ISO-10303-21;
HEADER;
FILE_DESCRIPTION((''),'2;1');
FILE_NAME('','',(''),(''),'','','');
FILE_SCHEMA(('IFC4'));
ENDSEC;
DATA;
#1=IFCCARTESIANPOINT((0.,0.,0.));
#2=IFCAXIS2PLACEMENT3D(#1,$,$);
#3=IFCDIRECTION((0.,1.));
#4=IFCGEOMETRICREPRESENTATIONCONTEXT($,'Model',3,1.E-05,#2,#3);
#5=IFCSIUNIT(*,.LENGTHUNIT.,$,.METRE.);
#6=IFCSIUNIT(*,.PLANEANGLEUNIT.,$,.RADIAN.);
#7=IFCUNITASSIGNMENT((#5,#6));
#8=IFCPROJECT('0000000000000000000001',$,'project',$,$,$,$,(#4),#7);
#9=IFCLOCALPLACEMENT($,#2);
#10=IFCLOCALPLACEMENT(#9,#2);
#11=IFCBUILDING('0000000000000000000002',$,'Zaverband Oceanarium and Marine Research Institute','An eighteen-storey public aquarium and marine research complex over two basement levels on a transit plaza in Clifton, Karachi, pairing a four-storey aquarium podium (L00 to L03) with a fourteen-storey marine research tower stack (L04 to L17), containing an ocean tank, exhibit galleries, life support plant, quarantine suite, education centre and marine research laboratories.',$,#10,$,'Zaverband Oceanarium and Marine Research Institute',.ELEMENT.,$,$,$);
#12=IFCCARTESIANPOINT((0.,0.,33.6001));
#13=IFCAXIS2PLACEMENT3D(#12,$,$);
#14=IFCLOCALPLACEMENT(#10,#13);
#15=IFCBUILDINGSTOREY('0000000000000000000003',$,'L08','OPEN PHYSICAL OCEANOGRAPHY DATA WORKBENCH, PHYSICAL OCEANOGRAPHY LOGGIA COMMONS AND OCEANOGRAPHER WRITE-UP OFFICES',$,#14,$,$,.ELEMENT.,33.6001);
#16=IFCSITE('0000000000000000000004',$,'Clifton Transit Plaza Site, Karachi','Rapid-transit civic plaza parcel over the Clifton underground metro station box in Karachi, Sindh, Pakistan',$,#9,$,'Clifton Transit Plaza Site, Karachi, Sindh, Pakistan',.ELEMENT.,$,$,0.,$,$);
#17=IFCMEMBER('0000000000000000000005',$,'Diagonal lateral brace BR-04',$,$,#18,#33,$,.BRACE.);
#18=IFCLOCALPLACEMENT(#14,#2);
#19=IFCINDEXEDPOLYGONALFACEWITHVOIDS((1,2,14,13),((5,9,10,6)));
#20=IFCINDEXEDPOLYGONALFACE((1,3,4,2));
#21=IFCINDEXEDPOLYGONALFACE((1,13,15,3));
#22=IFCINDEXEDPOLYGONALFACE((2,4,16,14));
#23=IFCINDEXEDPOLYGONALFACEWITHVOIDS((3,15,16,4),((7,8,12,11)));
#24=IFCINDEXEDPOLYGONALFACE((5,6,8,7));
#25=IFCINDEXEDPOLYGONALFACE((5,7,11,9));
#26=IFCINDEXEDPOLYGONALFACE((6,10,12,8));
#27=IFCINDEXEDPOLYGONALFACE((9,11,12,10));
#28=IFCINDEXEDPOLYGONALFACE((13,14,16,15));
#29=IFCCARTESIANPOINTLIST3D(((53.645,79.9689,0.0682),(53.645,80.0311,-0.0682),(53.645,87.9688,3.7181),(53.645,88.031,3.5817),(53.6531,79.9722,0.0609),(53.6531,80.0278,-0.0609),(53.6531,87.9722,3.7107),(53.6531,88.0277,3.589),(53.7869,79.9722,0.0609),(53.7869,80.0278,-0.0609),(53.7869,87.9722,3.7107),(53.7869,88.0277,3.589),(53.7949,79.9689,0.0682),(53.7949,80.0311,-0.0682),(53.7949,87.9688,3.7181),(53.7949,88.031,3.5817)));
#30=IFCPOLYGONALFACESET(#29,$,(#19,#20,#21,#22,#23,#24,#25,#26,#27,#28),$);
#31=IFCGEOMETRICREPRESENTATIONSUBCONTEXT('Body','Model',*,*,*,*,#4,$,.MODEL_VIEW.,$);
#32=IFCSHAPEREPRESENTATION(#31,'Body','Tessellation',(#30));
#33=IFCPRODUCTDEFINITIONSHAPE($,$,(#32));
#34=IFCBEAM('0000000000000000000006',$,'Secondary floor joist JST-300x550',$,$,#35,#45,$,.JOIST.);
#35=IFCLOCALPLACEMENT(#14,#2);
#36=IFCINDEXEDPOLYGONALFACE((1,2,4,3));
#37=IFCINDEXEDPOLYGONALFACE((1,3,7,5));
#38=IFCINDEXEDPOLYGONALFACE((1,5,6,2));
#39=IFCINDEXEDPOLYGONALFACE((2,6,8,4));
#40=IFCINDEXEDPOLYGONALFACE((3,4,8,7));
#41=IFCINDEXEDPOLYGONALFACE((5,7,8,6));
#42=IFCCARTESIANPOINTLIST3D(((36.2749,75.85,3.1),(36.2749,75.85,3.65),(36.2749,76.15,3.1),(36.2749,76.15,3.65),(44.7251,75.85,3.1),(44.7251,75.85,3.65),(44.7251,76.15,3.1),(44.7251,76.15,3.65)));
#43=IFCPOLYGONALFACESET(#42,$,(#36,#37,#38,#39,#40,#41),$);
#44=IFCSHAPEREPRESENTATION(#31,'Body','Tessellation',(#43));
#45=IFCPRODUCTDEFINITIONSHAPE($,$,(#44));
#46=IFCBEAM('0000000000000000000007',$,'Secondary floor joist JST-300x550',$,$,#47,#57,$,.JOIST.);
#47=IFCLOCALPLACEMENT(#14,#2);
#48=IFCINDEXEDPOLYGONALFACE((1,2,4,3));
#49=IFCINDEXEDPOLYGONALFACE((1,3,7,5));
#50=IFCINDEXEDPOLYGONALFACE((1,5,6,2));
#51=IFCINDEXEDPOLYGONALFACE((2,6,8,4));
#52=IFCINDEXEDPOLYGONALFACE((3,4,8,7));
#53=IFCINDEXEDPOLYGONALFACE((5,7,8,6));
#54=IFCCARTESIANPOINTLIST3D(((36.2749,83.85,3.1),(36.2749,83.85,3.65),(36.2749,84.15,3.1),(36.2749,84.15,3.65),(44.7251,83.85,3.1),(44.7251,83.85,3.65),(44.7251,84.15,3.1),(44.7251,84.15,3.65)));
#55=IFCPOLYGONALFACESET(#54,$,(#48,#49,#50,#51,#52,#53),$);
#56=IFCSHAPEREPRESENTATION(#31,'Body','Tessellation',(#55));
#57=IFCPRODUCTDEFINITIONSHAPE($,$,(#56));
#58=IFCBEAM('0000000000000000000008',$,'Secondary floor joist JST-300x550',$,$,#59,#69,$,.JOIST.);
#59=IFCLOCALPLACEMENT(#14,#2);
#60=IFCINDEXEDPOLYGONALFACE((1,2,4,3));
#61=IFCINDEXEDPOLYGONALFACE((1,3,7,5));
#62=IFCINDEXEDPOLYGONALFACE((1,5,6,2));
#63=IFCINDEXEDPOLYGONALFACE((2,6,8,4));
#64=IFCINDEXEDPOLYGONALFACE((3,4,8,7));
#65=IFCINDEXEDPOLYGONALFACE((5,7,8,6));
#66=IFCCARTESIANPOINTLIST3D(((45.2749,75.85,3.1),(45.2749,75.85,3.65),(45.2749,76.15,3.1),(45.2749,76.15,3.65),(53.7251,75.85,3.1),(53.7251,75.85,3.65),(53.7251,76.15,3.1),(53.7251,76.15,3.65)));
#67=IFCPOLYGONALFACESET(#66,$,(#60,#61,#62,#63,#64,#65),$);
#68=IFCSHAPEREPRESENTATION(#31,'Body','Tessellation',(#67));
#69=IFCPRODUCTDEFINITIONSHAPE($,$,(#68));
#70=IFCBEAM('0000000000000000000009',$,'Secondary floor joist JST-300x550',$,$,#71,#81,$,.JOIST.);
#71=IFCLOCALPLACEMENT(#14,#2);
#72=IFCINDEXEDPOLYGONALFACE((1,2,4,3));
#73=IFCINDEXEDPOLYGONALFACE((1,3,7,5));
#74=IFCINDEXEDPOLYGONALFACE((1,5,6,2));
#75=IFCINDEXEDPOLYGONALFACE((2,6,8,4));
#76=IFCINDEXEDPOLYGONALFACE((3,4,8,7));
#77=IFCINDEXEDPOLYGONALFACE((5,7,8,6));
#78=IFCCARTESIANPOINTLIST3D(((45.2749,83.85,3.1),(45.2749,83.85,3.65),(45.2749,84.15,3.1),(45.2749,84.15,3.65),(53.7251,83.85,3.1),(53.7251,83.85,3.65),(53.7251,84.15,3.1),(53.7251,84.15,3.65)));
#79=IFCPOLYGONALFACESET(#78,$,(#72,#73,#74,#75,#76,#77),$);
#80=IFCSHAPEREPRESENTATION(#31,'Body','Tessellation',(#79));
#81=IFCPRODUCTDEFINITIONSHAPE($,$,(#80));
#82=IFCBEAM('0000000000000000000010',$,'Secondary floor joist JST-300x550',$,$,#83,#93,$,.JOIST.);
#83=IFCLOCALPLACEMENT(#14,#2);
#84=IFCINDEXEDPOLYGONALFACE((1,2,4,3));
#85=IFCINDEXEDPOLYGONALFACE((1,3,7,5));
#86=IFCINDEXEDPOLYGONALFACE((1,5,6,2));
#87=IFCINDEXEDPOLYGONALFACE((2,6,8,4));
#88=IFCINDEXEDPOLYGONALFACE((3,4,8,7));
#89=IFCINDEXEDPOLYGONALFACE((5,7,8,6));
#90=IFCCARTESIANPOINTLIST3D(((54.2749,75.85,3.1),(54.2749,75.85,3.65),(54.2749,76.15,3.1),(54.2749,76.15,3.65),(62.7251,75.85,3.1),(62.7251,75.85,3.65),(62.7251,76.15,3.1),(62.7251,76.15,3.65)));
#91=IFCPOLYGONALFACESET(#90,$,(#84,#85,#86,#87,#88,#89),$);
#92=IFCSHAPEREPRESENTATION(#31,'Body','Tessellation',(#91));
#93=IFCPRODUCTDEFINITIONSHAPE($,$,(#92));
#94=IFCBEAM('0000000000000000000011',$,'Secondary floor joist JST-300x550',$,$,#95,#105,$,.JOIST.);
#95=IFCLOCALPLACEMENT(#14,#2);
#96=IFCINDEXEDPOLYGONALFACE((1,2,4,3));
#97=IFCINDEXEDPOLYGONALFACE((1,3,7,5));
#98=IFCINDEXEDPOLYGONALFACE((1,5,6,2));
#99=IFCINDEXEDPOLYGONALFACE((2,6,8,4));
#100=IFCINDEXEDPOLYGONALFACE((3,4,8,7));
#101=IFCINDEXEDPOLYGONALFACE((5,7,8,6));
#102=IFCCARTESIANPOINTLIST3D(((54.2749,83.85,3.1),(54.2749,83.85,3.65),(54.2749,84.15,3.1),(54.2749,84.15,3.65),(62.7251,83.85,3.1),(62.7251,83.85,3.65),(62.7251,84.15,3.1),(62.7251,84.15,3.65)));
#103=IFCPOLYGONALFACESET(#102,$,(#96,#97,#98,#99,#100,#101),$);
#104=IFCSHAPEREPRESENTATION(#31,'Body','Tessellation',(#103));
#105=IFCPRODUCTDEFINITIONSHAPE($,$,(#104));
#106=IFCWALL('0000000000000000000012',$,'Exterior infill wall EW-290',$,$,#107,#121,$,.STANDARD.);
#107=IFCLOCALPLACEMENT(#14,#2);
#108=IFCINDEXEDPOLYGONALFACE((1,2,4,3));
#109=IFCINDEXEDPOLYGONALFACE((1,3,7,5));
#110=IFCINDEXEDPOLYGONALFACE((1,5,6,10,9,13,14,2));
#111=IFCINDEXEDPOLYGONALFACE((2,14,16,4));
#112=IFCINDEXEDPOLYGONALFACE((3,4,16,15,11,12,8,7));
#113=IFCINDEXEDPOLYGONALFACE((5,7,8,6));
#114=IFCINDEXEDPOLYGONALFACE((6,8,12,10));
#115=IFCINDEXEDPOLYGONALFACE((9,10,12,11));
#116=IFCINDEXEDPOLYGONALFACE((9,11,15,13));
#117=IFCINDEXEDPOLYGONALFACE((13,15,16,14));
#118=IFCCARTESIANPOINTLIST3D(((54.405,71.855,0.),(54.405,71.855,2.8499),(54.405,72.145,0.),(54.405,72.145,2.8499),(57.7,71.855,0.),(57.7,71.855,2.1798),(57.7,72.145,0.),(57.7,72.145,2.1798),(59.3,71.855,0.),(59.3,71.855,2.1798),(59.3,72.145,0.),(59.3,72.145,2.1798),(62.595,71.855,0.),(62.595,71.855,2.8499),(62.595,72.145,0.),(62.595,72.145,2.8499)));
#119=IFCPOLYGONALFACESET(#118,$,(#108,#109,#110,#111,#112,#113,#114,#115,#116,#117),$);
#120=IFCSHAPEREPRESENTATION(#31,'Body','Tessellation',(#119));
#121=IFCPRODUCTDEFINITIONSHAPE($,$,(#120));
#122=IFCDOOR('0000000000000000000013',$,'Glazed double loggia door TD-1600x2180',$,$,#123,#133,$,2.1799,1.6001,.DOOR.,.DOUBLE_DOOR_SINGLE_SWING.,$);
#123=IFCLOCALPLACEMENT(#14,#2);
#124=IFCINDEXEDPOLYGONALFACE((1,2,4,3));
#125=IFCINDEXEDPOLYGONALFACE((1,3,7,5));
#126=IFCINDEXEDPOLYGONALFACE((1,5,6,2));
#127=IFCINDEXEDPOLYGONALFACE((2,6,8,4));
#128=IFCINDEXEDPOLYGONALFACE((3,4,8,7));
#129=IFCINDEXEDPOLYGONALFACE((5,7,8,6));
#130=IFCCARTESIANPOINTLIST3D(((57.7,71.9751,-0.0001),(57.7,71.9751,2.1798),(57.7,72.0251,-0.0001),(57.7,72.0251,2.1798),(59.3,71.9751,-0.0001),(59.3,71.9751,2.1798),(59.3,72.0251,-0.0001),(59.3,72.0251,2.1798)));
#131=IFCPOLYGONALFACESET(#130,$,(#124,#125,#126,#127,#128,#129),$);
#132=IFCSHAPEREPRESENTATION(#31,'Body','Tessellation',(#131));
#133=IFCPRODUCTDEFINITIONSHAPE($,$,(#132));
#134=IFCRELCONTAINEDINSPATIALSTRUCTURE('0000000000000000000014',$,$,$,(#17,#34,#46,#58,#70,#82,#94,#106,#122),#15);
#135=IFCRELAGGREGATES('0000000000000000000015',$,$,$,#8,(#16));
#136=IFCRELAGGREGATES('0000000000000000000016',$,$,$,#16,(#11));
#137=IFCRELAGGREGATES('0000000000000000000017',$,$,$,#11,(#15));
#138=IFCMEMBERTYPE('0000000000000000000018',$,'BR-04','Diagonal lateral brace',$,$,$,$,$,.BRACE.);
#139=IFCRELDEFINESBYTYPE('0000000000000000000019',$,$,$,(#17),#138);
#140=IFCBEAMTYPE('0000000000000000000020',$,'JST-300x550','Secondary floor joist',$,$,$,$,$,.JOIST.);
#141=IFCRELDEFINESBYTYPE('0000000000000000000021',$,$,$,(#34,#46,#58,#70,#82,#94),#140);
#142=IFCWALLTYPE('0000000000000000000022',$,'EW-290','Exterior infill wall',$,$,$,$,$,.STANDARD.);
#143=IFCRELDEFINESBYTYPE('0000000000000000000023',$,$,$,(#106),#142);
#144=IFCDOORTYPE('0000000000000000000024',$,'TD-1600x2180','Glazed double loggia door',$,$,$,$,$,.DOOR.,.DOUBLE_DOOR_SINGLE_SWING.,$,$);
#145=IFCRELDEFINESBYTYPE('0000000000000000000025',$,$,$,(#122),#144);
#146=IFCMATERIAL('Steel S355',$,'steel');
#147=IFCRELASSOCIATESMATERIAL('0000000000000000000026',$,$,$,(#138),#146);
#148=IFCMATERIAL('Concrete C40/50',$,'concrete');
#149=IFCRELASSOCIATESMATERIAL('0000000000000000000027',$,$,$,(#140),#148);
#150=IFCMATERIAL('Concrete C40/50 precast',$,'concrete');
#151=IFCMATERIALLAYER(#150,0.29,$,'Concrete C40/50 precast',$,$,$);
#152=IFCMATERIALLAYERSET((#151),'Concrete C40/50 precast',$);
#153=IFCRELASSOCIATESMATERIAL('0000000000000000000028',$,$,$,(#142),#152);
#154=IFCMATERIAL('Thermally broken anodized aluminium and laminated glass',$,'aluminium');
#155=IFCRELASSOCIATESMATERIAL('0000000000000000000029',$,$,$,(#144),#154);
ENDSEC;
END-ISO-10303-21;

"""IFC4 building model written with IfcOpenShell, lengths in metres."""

from ifc_helpers import new_model, si_unit, direction, frame, frame_2d, origin, origin_2d, place, context, subcontext, project, spatial, rectangle, hollow_rectangle, extrude, material, layer, layer_set, material_profile, profile_set, type_object, element, fill, save


model = new_model("IFC4")

# Units and contexts
model_context = context("Model", 3, precision=1e-05, world=origin(), true_north=direction((0.0, 1.0)))
body_context = subcontext(model_context, "Body", "Model", "MODEL_VIEW")
ifc_project = project(units=[si_unit("LENGTHUNIT", "METRE"), si_unit("PLANEANGLEUNIT", "RADIAN")], contexts=[model_context])

# Site, building, storey
site_placement = place(None, origin())
site = spatial("IfcSite", under=ifc_project, at=site_placement, Name="Clifton Transit Plaza Site, Karachi", Description="Rapid-transit civic plaza parcel over the Clifton underground metro station box in Karachi, Sindh, Pakistan", LongName="Clifton Transit Plaza Site, Karachi, Sindh, Pakistan", CompositionType="ELEMENT", RefElevation=0.0)
building_placement = place(site_placement, origin())
building = spatial("IfcBuilding", under=site, at=building_placement, Name="Zaverband Oceanarium and Marine Research Institute", Description="An eighteen-storey public aquarium and marine research complex over two basement levels on a transit plaza in Clifton, Karachi, pairing a four-storey aquarium podium (L00 to L03) with a fourteen-storey marine research tower stack (L04 to L17), containing an ocean tank, exhibit galleries, life support plant, quarantine suite, education centre and marine research laboratories.", LongName="Zaverband Oceanarium and Marine Research Institute", CompositionType="ELEMENT")
storey_placement = place(building_placement, frame((0.0, 0.0, 33.6001)))
storey = spatial("IfcBuildingStorey", under=building, at=storey_placement, Name="L08", Description="OPEN PHYSICAL OCEANOGRAPHY DATA WORKBENCH, PHYSICAL OCEANOGRAPHY LOGGIA COMMONS AND OCEANOGRAPHER WRITE-UP OFFICES", CompositionType="ELEMENT", Elevation=33.6001)

# Shared definitions
ifc_material_1 = material(Name="Concrete C40/50", Category="concrete")

# Member
ifc_material_2 = material(Name="Steel S355", Category="steel")
ifc_material_profile_1 = material_profile(ifc_material_2, hollow_rectangle(XDim=0.1499, YDim=0.1499, WallThickness=0.0081, at=origin_2d()), Name="SHS150x150x8")
ifc_profile_set_1 = profile_set([ifc_material_profile_1], Name="Steel S355")
member_type = type_object("IfcMemberType", Name="BR-04", Description="Diagonal lateral brace", PredefinedType="BRACE", material=ifc_profile_set_1)
member_placement = place(storey_placement, frame((53.72, 80.0, 0.0), z_axis=(0.0, 0.909786, 0.415079), x_axis=(-1.0, 0.0, 0.0)))
element("IfcMember", 1, at=member_placement, inside=storey, type_object=member_type, Name="Diagonal lateral brace BR-04", PredefinedType="BRACE", context=body_context, shape_type="SweptSolid", body=[
    extrude(hollow_rectangle(XDim=0.1499, YDim=0.1499, WallThickness=0.0081, at=origin_2d()), origin(), (0.0, 0.0, 1.0), 8.7932),
])

# Beams
ifc_material_profile_2 = material_profile(ifc_material_1, rectangle(XDim=0.3, YDim=0.55, at=origin_2d()), Name="RC300x550")
ifc_profile_set_2 = profile_set([ifc_material_profile_2], Name="Concrete C40/50")
beam_type_1 = type_object("IfcBeamType", Name="JST-300x550", Description="Secondary floor joist", PredefinedType="JOIST", material=ifc_profile_set_2)
for number, where, z_axis, x_axis, name in (
    (2, (36.2749, 76.0, 3.375), (1.0, 0.0, 0.0), (0.0, 1.0, 0.0), "Secondary floor joist JST-300x550"),
    (3, (36.2749, 84.0, 3.375), (1.0, 0.0, 0.0), (0.0, 1.0, 0.0), "Secondary floor joist JST-300x550"),
    (4, (45.2749, 76.0, 3.375), (1.0, 0.0, 0.0), (0.0, 1.0, 0.0), "Secondary floor joist JST-300x550"),
    (5, (45.2749, 84.0, 3.375), (1.0, 0.0, 0.0), (0.0, 1.0, 0.0), "Secondary floor joist JST-300x550"),
    (6, (54.2749, 76.0, 3.375), (1.0, 0.0, 0.0), (0.0, 1.0, 0.0), "Secondary floor joist JST-300x550"),
    (7, (54.2749, 84.0, 3.375), (1.0, 0.0, 0.0), (0.0, 1.0, 0.0), "Secondary floor joist JST-300x550"),
):
    element("IfcBeam", number, at=place(storey_placement, frame(where, z_axis=z_axis, x_axis=x_axis)), inside=storey, type_object=beam_type_1, Name=name, PredefinedType="JOIST", context=body_context, shape_type="SweptSolid", body=[
        extrude(rectangle(XDim=0.3, YDim=0.55, at=origin_2d()), origin(), (0.0, 0.0, 1.0), 8.4502),
    ])

# Wall, opening, door
ifc_material_3 = material(Name="Concrete C40/50 precast", Category="concrete")
ifc_layer = layer(ifc_material_3, 0.29, Name="Concrete C40/50 precast")
ifc_layer_set = layer_set([ifc_layer], Name="Concrete C40/50 precast")
wall_type = type_object("IfcWallType", Name="EW-290", Description="Exterior infill wall", PredefinedType="STANDARD", material=ifc_layer_set)
wall_placement = place(storey_placement, frame((54.405, 72.0, 0.0), z_axis=(0.0, 0.0, 1.0), x_axis=(1.0, 0.0, 0.0)))
wall = element("IfcWall", 8, at=wall_placement, inside=storey, type_object=wall_type, Name="Exterior infill wall EW-290", PredefinedType="STANDARD", context=body_context, shape_type="SweptSolid", body=[
    extrude(rectangle(XDim=8.1899, YDim=0.29, at=frame_2d((4.095, 0.0))), origin(), (0.0, 0.0, 1.0), 2.8499),
])
opening_placement = place(wall_placement, frame((3.2949, 0.0, 0.0)))
opening = element("IfcOpeningElement", 9, at=opening_placement, cuts=wall, PredefinedType="OPENING", context=body_context, shape_type="SweptSolid", body=[
    extrude(rectangle(XDim=1.6001, YDim=2.1799, at=frame_2d((0.8, 1.0898))), frame((0.0, 0.157, 0.0), z_axis=(0.0, -1.0, 0.0), x_axis=(1.0, 0.0, 0.0)), (0.0, 0.0, 1.0), 0.314),
])
ifc_material_4 = material(Name="Thermally broken anodized aluminium and laminated glass", Category="aluminium")
door_type = type_object("IfcDoorType", Name="TD-1600x2180", Description="Glazed double loggia door", OperationType="DOUBLE_DOOR_SINGLE_SWING", PredefinedType="DOOR", material=ifc_material_4)
door_placement = place(opening_placement, frame((1.6001, 0.0, 0.0), z_axis=(0.0, 0.0, 1.0), x_axis=(-1.0, 0.0, 0.0)))
door = element("IfcDoor", 10, at=door_placement, inside=storey, type_object=door_type, Name="Glazed double loggia door TD-1600x2180", OperationType="DOUBLE_DOOR_SINGLE_SWING", OverallHeight=2.1799, OverallWidth=1.6001, PredefinedType="DOOR", context=body_context, shape_type="SweptSolid", body=[
    extrude(rectangle(XDim=1.6001, YDim=2.1799, at=frame_2d((0.8, 1.0898))), frame((0.0, 0.0249, 0.0), z_axis=(0.0, -1.0, 0.0), x_axis=(1.0, 0.0, 0.0)), (0.0, 0.0, 1.0), 0.05),
])
fill(opening, door)

save(model, "model.ifc")
